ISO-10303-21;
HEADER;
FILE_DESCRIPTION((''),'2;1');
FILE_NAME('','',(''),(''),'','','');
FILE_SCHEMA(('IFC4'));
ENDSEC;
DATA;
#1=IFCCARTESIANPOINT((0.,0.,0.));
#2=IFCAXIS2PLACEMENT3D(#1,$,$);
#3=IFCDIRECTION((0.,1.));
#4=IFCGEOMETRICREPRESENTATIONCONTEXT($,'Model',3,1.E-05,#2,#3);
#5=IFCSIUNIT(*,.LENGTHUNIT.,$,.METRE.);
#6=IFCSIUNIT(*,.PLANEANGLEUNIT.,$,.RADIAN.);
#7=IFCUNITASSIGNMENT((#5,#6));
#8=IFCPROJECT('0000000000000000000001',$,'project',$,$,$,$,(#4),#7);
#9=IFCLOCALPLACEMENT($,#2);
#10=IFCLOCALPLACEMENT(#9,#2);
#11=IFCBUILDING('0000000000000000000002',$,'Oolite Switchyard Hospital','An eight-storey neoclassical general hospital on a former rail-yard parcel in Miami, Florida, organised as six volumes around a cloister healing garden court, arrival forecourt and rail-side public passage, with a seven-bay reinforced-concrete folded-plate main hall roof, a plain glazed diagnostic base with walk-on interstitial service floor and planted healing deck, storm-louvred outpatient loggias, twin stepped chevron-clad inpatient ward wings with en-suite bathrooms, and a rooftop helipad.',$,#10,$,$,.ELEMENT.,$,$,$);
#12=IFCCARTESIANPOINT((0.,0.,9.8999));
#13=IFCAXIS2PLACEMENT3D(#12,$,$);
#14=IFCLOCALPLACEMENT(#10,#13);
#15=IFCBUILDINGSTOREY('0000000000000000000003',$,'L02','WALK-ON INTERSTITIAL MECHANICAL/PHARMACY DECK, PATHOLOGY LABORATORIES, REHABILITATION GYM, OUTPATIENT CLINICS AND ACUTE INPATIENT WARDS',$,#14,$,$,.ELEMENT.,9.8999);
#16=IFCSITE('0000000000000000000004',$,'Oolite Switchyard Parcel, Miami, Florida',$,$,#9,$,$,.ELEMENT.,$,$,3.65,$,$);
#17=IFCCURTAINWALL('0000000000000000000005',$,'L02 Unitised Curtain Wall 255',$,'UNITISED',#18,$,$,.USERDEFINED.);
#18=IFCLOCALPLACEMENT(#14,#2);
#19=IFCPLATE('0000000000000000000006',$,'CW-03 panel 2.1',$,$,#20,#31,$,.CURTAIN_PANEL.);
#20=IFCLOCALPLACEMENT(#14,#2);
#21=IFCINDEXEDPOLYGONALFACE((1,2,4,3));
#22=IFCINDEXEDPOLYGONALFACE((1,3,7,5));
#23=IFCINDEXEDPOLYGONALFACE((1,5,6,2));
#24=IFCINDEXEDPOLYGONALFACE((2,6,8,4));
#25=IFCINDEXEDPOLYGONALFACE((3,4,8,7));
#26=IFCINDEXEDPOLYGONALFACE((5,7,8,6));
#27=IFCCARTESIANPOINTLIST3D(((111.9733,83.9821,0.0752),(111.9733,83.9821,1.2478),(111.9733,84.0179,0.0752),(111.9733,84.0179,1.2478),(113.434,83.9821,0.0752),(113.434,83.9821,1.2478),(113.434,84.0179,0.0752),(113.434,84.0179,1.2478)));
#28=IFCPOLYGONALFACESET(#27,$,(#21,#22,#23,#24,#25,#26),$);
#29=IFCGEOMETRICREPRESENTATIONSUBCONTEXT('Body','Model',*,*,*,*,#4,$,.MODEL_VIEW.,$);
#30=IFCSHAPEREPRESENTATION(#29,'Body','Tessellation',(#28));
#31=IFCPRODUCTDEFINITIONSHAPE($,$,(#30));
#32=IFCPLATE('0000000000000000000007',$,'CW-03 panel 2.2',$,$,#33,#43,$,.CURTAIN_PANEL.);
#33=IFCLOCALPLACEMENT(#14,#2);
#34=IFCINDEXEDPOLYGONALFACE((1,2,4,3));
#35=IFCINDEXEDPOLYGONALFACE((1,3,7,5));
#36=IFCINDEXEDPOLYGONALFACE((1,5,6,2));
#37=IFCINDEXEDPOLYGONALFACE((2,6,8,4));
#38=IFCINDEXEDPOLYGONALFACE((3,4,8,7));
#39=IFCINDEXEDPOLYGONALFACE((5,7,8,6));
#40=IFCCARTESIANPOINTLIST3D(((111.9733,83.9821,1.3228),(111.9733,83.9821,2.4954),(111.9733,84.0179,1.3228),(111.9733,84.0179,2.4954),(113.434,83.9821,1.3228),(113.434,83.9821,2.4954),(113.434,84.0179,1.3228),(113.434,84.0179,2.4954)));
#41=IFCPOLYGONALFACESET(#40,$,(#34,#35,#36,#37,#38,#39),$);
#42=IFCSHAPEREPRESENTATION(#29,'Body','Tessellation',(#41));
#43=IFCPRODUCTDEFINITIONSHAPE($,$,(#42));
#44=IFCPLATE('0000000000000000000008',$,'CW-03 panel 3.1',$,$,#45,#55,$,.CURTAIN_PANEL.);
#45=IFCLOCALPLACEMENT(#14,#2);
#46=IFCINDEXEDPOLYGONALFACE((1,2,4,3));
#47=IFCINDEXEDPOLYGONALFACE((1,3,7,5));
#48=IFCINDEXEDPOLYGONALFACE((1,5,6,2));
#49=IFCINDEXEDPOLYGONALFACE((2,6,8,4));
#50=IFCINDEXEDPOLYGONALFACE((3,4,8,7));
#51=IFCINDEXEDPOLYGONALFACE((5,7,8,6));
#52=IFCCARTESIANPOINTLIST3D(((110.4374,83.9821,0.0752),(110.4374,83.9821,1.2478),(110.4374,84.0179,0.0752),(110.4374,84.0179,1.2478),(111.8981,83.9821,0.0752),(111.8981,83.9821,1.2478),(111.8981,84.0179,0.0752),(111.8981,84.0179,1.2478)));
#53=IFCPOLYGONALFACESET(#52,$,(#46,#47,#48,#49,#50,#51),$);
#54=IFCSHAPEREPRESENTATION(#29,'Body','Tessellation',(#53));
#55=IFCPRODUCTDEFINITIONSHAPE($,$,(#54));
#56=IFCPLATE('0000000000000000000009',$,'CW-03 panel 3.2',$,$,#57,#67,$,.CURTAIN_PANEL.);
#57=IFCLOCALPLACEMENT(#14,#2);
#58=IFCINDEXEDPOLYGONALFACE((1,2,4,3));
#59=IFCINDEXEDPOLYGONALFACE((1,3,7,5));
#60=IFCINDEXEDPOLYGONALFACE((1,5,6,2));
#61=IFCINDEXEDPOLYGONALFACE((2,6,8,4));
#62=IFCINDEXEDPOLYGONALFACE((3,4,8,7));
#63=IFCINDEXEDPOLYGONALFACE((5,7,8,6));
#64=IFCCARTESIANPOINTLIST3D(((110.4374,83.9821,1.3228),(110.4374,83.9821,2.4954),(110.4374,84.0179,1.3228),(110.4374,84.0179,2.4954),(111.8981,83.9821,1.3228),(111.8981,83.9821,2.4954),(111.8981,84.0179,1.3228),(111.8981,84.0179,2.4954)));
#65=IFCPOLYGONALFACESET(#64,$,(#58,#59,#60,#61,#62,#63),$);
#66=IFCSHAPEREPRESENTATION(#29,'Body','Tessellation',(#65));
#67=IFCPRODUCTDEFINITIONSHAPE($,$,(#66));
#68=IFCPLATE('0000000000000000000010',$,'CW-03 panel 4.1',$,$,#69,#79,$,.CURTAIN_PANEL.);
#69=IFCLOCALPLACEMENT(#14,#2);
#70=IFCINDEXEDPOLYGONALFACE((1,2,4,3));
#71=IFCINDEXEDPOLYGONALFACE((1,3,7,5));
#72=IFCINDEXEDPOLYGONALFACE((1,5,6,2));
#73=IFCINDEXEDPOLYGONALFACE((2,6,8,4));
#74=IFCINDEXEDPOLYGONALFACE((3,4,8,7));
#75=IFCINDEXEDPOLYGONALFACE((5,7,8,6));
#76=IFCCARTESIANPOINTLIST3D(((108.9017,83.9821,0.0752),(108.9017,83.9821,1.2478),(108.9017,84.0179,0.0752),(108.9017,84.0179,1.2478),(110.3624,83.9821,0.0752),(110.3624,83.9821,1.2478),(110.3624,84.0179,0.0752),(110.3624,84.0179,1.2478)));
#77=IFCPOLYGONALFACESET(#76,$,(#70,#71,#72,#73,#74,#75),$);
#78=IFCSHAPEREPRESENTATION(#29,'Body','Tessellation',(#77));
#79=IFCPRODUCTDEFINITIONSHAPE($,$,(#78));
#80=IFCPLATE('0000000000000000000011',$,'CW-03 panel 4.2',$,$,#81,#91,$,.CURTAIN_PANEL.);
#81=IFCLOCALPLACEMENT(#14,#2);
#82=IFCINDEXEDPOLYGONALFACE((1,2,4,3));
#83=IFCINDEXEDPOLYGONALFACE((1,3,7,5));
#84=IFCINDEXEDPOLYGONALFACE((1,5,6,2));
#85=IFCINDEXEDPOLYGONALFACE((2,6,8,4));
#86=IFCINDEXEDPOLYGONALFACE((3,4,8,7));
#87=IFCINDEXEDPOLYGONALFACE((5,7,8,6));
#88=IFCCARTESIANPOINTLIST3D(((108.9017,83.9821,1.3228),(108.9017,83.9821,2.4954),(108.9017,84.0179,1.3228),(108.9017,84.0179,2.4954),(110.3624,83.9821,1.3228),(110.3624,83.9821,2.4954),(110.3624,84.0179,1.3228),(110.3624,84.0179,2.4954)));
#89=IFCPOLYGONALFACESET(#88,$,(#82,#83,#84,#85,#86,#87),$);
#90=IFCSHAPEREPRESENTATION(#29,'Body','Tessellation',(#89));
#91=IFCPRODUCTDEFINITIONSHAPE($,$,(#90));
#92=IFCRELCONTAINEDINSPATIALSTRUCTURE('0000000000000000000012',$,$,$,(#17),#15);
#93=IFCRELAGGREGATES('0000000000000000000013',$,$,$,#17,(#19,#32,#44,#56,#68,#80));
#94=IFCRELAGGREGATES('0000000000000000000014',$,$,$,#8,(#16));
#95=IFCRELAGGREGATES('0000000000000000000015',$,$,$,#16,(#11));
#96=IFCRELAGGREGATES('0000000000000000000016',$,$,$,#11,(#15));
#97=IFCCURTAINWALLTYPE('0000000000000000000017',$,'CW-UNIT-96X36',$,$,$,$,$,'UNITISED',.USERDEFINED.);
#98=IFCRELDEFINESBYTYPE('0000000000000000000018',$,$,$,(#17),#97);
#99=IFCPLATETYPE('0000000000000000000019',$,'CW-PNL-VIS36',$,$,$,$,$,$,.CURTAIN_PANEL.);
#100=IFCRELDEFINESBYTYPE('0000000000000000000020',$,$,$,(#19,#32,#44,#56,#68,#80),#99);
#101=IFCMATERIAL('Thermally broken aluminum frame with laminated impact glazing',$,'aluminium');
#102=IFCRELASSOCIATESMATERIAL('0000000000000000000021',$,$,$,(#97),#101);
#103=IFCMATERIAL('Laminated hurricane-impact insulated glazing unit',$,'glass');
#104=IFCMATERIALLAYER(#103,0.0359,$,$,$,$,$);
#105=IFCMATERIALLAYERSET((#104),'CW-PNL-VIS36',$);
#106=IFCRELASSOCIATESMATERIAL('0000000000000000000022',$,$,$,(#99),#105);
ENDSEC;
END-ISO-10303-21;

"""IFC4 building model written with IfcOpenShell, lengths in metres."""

from ifc_helpers import new_model, si_unit, direction, frame, origin, origin_2d, place, context, subcontext, project, spatial, rectangle, extrude, material, layer, layer_set, type_object, element, aggregate, save


model = new_model("IFC4")

# Units and contexts
model_context = context("Model", 3, precision=1e-05, world=origin(), true_north=direction((0.0, 1.0)))
body_context = subcontext(model_context, "Body", "Model", "MODEL_VIEW")
ifc_project = project(units=[si_unit("LENGTHUNIT", "METRE"), si_unit("PLANEANGLEUNIT", "RADIAN")], contexts=[model_context])

# Site, building, storey
site_placement = place(None, origin())
site = spatial("IfcSite", under=ifc_project, at=site_placement, Name="Oolite Switchyard Parcel, Miami, Florida", CompositionType="ELEMENT", RefElevation=3.65)
building_placement = place(site_placement, origin())
building = spatial("IfcBuilding", under=site, at=building_placement, Name="Oolite Switchyard Hospital", Description="An eight-storey neoclassical general hospital on a former rail-yard parcel in Miami, Florida, organised as six volumes around a cloister healing garden court, arrival forecourt and rail-side public passage, with a seven-bay reinforced-concrete folded-plate main hall roof, a plain glazed diagnostic base with walk-on interstitial service floor and planted healing deck, storm-louvred outpatient loggias, twin stepped chevron-clad inpatient ward wings with en-suite bathrooms, and a rooftop helipad.", CompositionType="ELEMENT")
storey_placement = place(building_placement, frame((0.0, 0.0, 9.8999)))
storey = spatial("IfcBuildingStorey", under=building, at=storey_placement, Name="L02", Description="WALK-ON INTERSTITIAL MECHANICAL/PHARMACY DECK, PATHOLOGY LABORATORIES, REHABILITATION GYM, OUTPATIENT CLINICS AND ACUTE INPATIENT WARDS", CompositionType="ELEMENT", Elevation=9.8999)

# Curtain wall, plates
ifc_material_1 = material(Name="Thermally broken aluminum frame with laminated impact glazing", Category="aluminium")
curtain_wall_type = type_object("IfcCurtainWallType", Name="CW-UNIT-96X36", ElementType="UNITISED", PredefinedType="USERDEFINED", material=ifc_material_1)
curtain_wall_placement = place(storey_placement, origin())
curtain_wall = element("IfcCurtainWall", 1, at=curtain_wall_placement, inside=storey, type_object=curtain_wall_type, Name="L02 Unitised Curtain Wall 255", ObjectType="UNITISED", PredefinedType="USERDEFINED")
ifc_material_2 = material(Name="Laminated hurricane-impact insulated glazing unit", Category="glass")
ifc_layer = layer(ifc_material_2, 0.0359)
ifc_layer_set = layer_set([ifc_layer], Name="CW-PNL-VIS36")
plate_type = type_object("IfcPlateType", Name="CW-PNL-VIS36", PredefinedType="CURTAIN_PANEL", material=ifc_layer_set)
plate_1_placement = place(storey_placement, frame((112.7036, 84.0, 0.0752), z_axis=(0.0, 0.0, 1.0), x_axis=(-1.0, 0.0, 0.0)))
plate_1 = element("IfcPlate", 2, at=plate_1_placement, type_object=plate_type, Name="CW-03 panel 2.1", PredefinedType="CURTAIN_PANEL", context=body_context, shape_type="SweptSolid", body=[
    extrude(rectangle(XDim=1.4607, YDim=0.0359, at=origin_2d()), origin(), (0.0, 0.0, 1.0), 1.1726),
])
plate_2_placement = place(storey_placement, frame((112.7036, 84.0, 1.3228), z_axis=(0.0, 0.0, 1.0), x_axis=(-1.0, 0.0, 0.0)))
plate_2 = element("IfcPlate", 3, at=plate_2_placement, type_object=plate_type, Name="CW-03 panel 2.2", PredefinedType="CURTAIN_PANEL", context=body_context, shape_type="SweptSolid", body=[
    extrude(rectangle(XDim=1.4607, YDim=0.0359, at=origin_2d()), origin(), (0.0, 0.0, 1.0), 1.1726),
])
plate_3_placement = place(storey_placement, frame((111.1677, 84.0, 0.0752), z_axis=(0.0, 0.0, 1.0), x_axis=(-1.0, 0.0, 0.0)))
plate_3 = element("IfcPlate", 4, at=plate_3_placement, type_object=plate_type, Name="CW-03 panel 3.1", PredefinedType="CURTAIN_PANEL", context=body_context, shape_type="SweptSolid", body=[
    extrude(rectangle(XDim=1.4607, YDim=0.0359, at=origin_2d()), origin(), (0.0, 0.0, 1.0), 1.1726),
])
plate_4_placement = place(storey_placement, frame((111.1677, 84.0, 1.3228), z_axis=(0.0, 0.0, 1.0), x_axis=(-1.0, 0.0, 0.0)))
plate_4 = element("IfcPlate", 5, at=plate_4_placement, type_object=plate_type, Name="CW-03 panel 3.2", PredefinedType="CURTAIN_PANEL", context=body_context, shape_type="SweptSolid", body=[
    extrude(rectangle(XDim=1.4607, YDim=0.0359, at=origin_2d()), origin(), (0.0, 0.0, 1.0), 1.1726),
])
plate_5_placement = place(storey_placement, frame((109.6321, 84.0, 0.0752), z_axis=(0.0, 0.0, 1.0), x_axis=(-1.0, 0.0, 0.0)))
plate_5 = element("IfcPlate", 6, at=plate_5_placement, type_object=plate_type, Name="CW-03 panel 4.1", PredefinedType="CURTAIN_PANEL", context=body_context, shape_type="SweptSolid", body=[
    extrude(rectangle(XDim=1.4607, YDim=0.0359, at=origin_2d()), origin(), (0.0, 0.0, 1.0), 1.1726),
])
plate_6_placement = place(storey_placement, frame((109.6321, 84.0, 1.3228), z_axis=(0.0, 0.0, 1.0), x_axis=(-1.0, 0.0, 0.0)))
plate_6 = element("IfcPlate", 7, at=plate_6_placement, type_object=plate_type, Name="CW-03 panel 4.2", PredefinedType="CURTAIN_PANEL", context=body_context, shape_type="SweptSolid", body=[
    extrude(rectangle(XDim=1.4607, YDim=0.0359, at=origin_2d()), origin(), (0.0, 0.0, 1.0), 1.1726),
])
aggregate(curtain_wall, [plate_1, plate_2, plate_3, plate_4, plate_5, plate_6])

save(model, "model.ifc")
